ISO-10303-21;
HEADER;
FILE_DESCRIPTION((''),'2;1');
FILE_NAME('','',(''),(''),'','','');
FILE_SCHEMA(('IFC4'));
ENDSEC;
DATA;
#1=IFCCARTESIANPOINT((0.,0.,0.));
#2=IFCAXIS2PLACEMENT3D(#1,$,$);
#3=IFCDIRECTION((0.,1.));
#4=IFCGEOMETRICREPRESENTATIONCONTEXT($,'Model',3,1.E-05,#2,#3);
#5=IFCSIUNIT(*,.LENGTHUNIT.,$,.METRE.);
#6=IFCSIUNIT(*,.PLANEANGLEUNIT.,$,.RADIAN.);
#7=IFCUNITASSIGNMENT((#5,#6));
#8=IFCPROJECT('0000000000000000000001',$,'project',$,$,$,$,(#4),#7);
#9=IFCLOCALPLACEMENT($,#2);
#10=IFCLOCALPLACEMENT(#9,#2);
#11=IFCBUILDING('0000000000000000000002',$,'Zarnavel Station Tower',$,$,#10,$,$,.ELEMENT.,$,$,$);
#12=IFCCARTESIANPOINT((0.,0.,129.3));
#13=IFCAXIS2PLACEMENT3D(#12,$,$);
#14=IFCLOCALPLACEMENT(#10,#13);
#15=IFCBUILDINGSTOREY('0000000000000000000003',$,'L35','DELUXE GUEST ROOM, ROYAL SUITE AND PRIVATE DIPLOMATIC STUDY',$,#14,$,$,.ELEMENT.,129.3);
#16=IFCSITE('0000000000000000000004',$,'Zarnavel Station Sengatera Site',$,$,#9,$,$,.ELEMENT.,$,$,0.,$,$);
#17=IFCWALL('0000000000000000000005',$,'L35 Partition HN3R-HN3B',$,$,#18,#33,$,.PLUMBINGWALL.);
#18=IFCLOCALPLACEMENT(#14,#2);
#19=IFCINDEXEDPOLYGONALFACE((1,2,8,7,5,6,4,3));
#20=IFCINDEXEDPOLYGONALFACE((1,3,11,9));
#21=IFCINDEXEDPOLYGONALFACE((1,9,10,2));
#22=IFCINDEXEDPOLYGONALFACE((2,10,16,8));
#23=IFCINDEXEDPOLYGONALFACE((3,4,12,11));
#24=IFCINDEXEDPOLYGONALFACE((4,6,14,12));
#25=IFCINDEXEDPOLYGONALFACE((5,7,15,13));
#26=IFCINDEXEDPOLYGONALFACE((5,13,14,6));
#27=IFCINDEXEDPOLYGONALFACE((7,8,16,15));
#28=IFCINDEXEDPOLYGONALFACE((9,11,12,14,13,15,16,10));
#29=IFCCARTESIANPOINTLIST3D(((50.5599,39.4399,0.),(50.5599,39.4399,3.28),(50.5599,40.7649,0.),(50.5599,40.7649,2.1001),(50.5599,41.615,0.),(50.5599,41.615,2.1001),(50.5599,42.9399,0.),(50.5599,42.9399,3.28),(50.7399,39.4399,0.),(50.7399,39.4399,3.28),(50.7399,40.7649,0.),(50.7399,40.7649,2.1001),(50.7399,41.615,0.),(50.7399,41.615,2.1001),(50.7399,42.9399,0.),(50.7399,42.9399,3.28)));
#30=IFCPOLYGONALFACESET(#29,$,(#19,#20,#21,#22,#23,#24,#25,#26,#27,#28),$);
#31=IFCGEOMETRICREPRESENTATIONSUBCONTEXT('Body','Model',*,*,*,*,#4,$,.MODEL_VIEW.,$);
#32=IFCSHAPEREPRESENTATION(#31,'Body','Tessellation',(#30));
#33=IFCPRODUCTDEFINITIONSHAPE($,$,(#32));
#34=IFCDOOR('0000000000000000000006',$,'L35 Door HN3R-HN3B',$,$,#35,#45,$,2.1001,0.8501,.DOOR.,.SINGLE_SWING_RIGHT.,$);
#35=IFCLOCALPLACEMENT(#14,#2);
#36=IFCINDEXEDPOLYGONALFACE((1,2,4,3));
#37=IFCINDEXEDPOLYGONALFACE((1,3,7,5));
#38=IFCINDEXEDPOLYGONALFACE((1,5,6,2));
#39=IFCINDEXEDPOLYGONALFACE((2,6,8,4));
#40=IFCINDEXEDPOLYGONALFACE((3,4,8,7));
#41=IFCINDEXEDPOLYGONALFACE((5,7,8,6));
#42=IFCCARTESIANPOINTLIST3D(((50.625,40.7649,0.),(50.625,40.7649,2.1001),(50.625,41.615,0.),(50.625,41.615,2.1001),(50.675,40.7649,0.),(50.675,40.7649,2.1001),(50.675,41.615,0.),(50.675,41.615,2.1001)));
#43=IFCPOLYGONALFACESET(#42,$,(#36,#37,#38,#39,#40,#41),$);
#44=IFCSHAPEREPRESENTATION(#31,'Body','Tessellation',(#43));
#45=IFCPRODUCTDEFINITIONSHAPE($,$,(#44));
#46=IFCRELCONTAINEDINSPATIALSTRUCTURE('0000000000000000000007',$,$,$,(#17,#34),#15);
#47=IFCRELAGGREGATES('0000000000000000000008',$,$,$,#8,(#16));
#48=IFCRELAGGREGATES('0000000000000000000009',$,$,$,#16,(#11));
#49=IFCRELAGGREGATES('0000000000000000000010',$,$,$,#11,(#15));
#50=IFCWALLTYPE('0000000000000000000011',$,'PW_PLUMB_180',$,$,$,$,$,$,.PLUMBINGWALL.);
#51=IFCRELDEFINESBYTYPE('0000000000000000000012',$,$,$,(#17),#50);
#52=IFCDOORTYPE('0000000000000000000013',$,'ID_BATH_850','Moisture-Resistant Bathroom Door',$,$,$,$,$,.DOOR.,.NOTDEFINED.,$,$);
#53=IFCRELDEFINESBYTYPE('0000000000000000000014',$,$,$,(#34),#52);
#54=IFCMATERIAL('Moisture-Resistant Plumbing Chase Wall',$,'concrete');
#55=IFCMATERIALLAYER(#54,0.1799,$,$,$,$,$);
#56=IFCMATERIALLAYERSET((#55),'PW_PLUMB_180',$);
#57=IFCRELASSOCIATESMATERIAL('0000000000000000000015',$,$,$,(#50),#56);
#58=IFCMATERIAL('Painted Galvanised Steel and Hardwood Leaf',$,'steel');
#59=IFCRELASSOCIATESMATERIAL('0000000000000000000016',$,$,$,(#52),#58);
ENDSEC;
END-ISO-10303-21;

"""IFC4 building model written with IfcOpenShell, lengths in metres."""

from ifc_helpers import new_model, si_unit, direction, frame, frame_2d, origin, place, context, subcontext, project, spatial, rectangle, extrude, material, layer, layer_set, type_object, element, fill, save


model = new_model("IFC4")

# Units and contexts
model_context = context("Model", 3, precision=1e-05, world=origin(), true_north=direction((0.0, 1.0)))
body_context = subcontext(model_context, "Body", "Model", "MODEL_VIEW")
ifc_project = project(units=[si_unit("LENGTHUNIT", "METRE"), si_unit("PLANEANGLEUNIT", "RADIAN")], contexts=[model_context])

# Site, building, storey
site_placement = place(None, origin())
site = spatial("IfcSite", under=ifc_project, at=site_placement, Name="Zarnavel Station Sengatera Site", CompositionType="ELEMENT", RefElevation=0.0)
building_placement = place(site_placement, origin())
building = spatial("IfcBuilding", under=site, at=building_placement, Name="Zarnavel Station Tower", CompositionType="ELEMENT")
storey_placement = place(building_placement, frame((0.0, 0.0, 129.3)))
storey = spatial("IfcBuildingStorey", under=building, at=storey_placement, Name="L35", Description="DELUXE GUEST ROOM, ROYAL SUITE AND PRIVATE DIPLOMATIC STUDY", CompositionType="ELEMENT", Elevation=129.3)

# Shared definitions
ifc_material_1 = material(Name="Moisture-Resistant Plumbing Chase Wall", Category="concrete")
ifc_layer_1 = layer(ifc_material_1, 0.1799)
ifc_layer_set_1 = layer_set([ifc_layer_1], Name="PW_PLUMB_180")
wall_type_1 = type_object("IfcWallType", Name="PW_PLUMB_180", PredefinedType="PLUMBINGWALL", material=ifc_layer_set_1)

# Shared definitions
ifc_material_2 = material(Name="Painted Galvanised Steel and Hardwood Leaf", Category="steel")
door_type_1 = type_object("IfcDoorType", Name="ID_BATH_850", Description="Moisture-Resistant Bathroom Door", OperationType="NOTDEFINED", PredefinedType="DOOR", material=ifc_material_2)

# Wall, opening, door
wall_1_placement = place(storey_placement, frame((50.6499, 39.4399, 0.0), z_axis=(0.0, 0.0, 1.0), x_axis=(0.0, 1.0, 0.0)))
wall_1 = element("IfcWall", 1, at=wall_1_placement, inside=storey, type_object=wall_type_1, Name="L35 Partition HN3R-HN3B", PredefinedType="PLUMBINGWALL", context=body_context, shape_type="SweptSolid", body=[
    extrude(rectangle(XDim=3.5, YDim=0.1799, at=frame_2d((1.75, 0.0))), origin(), (0.0, 0.0, 1.0), 3.28),
])
opening_1_placement = place(wall_1_placement, frame((1.325, 0.0, 0.0)))
opening_1 = element("IfcOpeningElement", 2, at=opening_1_placement, cuts=wall_1, PredefinedType="OPENING", context=body_context, shape_type="SweptSolid", body=[
    extrude(rectangle(XDim=0.8501, YDim=2.1001, at=frame_2d((0.425, 1.05))), frame((0.0, 0.0999, 0.0), z_axis=(0.0, -1.0, 0.0), x_axis=(1.0, 0.0, 0.0)), (0.0, 0.0, 1.0), 0.2),
])
door_1_placement = place(opening_1_placement, origin())
door_1 = element("IfcDoor", 3, at=door_1_placement, inside=storey, type_object=door_type_1, Name="L35 Door HN3R-HN3B", OperationType="SINGLE_SWING_RIGHT", OverallHeight=2.1001, OverallWidth=0.8501, PredefinedType="DOOR", context=body_context, shape_type="SweptSolid", body=[
    extrude(rectangle(XDim=0.8501, YDim=2.1001, at=frame_2d((0.425, 1.05))), frame((0.0, 0.0249, 0.0), z_axis=(0.0, -1.0, 0.0), x_axis=(1.0, 0.0, 0.0)), (0.0, 0.0, 1.0), 0.05),
])
fill(opening_1, door_1)

save(model, "model.ifc")
